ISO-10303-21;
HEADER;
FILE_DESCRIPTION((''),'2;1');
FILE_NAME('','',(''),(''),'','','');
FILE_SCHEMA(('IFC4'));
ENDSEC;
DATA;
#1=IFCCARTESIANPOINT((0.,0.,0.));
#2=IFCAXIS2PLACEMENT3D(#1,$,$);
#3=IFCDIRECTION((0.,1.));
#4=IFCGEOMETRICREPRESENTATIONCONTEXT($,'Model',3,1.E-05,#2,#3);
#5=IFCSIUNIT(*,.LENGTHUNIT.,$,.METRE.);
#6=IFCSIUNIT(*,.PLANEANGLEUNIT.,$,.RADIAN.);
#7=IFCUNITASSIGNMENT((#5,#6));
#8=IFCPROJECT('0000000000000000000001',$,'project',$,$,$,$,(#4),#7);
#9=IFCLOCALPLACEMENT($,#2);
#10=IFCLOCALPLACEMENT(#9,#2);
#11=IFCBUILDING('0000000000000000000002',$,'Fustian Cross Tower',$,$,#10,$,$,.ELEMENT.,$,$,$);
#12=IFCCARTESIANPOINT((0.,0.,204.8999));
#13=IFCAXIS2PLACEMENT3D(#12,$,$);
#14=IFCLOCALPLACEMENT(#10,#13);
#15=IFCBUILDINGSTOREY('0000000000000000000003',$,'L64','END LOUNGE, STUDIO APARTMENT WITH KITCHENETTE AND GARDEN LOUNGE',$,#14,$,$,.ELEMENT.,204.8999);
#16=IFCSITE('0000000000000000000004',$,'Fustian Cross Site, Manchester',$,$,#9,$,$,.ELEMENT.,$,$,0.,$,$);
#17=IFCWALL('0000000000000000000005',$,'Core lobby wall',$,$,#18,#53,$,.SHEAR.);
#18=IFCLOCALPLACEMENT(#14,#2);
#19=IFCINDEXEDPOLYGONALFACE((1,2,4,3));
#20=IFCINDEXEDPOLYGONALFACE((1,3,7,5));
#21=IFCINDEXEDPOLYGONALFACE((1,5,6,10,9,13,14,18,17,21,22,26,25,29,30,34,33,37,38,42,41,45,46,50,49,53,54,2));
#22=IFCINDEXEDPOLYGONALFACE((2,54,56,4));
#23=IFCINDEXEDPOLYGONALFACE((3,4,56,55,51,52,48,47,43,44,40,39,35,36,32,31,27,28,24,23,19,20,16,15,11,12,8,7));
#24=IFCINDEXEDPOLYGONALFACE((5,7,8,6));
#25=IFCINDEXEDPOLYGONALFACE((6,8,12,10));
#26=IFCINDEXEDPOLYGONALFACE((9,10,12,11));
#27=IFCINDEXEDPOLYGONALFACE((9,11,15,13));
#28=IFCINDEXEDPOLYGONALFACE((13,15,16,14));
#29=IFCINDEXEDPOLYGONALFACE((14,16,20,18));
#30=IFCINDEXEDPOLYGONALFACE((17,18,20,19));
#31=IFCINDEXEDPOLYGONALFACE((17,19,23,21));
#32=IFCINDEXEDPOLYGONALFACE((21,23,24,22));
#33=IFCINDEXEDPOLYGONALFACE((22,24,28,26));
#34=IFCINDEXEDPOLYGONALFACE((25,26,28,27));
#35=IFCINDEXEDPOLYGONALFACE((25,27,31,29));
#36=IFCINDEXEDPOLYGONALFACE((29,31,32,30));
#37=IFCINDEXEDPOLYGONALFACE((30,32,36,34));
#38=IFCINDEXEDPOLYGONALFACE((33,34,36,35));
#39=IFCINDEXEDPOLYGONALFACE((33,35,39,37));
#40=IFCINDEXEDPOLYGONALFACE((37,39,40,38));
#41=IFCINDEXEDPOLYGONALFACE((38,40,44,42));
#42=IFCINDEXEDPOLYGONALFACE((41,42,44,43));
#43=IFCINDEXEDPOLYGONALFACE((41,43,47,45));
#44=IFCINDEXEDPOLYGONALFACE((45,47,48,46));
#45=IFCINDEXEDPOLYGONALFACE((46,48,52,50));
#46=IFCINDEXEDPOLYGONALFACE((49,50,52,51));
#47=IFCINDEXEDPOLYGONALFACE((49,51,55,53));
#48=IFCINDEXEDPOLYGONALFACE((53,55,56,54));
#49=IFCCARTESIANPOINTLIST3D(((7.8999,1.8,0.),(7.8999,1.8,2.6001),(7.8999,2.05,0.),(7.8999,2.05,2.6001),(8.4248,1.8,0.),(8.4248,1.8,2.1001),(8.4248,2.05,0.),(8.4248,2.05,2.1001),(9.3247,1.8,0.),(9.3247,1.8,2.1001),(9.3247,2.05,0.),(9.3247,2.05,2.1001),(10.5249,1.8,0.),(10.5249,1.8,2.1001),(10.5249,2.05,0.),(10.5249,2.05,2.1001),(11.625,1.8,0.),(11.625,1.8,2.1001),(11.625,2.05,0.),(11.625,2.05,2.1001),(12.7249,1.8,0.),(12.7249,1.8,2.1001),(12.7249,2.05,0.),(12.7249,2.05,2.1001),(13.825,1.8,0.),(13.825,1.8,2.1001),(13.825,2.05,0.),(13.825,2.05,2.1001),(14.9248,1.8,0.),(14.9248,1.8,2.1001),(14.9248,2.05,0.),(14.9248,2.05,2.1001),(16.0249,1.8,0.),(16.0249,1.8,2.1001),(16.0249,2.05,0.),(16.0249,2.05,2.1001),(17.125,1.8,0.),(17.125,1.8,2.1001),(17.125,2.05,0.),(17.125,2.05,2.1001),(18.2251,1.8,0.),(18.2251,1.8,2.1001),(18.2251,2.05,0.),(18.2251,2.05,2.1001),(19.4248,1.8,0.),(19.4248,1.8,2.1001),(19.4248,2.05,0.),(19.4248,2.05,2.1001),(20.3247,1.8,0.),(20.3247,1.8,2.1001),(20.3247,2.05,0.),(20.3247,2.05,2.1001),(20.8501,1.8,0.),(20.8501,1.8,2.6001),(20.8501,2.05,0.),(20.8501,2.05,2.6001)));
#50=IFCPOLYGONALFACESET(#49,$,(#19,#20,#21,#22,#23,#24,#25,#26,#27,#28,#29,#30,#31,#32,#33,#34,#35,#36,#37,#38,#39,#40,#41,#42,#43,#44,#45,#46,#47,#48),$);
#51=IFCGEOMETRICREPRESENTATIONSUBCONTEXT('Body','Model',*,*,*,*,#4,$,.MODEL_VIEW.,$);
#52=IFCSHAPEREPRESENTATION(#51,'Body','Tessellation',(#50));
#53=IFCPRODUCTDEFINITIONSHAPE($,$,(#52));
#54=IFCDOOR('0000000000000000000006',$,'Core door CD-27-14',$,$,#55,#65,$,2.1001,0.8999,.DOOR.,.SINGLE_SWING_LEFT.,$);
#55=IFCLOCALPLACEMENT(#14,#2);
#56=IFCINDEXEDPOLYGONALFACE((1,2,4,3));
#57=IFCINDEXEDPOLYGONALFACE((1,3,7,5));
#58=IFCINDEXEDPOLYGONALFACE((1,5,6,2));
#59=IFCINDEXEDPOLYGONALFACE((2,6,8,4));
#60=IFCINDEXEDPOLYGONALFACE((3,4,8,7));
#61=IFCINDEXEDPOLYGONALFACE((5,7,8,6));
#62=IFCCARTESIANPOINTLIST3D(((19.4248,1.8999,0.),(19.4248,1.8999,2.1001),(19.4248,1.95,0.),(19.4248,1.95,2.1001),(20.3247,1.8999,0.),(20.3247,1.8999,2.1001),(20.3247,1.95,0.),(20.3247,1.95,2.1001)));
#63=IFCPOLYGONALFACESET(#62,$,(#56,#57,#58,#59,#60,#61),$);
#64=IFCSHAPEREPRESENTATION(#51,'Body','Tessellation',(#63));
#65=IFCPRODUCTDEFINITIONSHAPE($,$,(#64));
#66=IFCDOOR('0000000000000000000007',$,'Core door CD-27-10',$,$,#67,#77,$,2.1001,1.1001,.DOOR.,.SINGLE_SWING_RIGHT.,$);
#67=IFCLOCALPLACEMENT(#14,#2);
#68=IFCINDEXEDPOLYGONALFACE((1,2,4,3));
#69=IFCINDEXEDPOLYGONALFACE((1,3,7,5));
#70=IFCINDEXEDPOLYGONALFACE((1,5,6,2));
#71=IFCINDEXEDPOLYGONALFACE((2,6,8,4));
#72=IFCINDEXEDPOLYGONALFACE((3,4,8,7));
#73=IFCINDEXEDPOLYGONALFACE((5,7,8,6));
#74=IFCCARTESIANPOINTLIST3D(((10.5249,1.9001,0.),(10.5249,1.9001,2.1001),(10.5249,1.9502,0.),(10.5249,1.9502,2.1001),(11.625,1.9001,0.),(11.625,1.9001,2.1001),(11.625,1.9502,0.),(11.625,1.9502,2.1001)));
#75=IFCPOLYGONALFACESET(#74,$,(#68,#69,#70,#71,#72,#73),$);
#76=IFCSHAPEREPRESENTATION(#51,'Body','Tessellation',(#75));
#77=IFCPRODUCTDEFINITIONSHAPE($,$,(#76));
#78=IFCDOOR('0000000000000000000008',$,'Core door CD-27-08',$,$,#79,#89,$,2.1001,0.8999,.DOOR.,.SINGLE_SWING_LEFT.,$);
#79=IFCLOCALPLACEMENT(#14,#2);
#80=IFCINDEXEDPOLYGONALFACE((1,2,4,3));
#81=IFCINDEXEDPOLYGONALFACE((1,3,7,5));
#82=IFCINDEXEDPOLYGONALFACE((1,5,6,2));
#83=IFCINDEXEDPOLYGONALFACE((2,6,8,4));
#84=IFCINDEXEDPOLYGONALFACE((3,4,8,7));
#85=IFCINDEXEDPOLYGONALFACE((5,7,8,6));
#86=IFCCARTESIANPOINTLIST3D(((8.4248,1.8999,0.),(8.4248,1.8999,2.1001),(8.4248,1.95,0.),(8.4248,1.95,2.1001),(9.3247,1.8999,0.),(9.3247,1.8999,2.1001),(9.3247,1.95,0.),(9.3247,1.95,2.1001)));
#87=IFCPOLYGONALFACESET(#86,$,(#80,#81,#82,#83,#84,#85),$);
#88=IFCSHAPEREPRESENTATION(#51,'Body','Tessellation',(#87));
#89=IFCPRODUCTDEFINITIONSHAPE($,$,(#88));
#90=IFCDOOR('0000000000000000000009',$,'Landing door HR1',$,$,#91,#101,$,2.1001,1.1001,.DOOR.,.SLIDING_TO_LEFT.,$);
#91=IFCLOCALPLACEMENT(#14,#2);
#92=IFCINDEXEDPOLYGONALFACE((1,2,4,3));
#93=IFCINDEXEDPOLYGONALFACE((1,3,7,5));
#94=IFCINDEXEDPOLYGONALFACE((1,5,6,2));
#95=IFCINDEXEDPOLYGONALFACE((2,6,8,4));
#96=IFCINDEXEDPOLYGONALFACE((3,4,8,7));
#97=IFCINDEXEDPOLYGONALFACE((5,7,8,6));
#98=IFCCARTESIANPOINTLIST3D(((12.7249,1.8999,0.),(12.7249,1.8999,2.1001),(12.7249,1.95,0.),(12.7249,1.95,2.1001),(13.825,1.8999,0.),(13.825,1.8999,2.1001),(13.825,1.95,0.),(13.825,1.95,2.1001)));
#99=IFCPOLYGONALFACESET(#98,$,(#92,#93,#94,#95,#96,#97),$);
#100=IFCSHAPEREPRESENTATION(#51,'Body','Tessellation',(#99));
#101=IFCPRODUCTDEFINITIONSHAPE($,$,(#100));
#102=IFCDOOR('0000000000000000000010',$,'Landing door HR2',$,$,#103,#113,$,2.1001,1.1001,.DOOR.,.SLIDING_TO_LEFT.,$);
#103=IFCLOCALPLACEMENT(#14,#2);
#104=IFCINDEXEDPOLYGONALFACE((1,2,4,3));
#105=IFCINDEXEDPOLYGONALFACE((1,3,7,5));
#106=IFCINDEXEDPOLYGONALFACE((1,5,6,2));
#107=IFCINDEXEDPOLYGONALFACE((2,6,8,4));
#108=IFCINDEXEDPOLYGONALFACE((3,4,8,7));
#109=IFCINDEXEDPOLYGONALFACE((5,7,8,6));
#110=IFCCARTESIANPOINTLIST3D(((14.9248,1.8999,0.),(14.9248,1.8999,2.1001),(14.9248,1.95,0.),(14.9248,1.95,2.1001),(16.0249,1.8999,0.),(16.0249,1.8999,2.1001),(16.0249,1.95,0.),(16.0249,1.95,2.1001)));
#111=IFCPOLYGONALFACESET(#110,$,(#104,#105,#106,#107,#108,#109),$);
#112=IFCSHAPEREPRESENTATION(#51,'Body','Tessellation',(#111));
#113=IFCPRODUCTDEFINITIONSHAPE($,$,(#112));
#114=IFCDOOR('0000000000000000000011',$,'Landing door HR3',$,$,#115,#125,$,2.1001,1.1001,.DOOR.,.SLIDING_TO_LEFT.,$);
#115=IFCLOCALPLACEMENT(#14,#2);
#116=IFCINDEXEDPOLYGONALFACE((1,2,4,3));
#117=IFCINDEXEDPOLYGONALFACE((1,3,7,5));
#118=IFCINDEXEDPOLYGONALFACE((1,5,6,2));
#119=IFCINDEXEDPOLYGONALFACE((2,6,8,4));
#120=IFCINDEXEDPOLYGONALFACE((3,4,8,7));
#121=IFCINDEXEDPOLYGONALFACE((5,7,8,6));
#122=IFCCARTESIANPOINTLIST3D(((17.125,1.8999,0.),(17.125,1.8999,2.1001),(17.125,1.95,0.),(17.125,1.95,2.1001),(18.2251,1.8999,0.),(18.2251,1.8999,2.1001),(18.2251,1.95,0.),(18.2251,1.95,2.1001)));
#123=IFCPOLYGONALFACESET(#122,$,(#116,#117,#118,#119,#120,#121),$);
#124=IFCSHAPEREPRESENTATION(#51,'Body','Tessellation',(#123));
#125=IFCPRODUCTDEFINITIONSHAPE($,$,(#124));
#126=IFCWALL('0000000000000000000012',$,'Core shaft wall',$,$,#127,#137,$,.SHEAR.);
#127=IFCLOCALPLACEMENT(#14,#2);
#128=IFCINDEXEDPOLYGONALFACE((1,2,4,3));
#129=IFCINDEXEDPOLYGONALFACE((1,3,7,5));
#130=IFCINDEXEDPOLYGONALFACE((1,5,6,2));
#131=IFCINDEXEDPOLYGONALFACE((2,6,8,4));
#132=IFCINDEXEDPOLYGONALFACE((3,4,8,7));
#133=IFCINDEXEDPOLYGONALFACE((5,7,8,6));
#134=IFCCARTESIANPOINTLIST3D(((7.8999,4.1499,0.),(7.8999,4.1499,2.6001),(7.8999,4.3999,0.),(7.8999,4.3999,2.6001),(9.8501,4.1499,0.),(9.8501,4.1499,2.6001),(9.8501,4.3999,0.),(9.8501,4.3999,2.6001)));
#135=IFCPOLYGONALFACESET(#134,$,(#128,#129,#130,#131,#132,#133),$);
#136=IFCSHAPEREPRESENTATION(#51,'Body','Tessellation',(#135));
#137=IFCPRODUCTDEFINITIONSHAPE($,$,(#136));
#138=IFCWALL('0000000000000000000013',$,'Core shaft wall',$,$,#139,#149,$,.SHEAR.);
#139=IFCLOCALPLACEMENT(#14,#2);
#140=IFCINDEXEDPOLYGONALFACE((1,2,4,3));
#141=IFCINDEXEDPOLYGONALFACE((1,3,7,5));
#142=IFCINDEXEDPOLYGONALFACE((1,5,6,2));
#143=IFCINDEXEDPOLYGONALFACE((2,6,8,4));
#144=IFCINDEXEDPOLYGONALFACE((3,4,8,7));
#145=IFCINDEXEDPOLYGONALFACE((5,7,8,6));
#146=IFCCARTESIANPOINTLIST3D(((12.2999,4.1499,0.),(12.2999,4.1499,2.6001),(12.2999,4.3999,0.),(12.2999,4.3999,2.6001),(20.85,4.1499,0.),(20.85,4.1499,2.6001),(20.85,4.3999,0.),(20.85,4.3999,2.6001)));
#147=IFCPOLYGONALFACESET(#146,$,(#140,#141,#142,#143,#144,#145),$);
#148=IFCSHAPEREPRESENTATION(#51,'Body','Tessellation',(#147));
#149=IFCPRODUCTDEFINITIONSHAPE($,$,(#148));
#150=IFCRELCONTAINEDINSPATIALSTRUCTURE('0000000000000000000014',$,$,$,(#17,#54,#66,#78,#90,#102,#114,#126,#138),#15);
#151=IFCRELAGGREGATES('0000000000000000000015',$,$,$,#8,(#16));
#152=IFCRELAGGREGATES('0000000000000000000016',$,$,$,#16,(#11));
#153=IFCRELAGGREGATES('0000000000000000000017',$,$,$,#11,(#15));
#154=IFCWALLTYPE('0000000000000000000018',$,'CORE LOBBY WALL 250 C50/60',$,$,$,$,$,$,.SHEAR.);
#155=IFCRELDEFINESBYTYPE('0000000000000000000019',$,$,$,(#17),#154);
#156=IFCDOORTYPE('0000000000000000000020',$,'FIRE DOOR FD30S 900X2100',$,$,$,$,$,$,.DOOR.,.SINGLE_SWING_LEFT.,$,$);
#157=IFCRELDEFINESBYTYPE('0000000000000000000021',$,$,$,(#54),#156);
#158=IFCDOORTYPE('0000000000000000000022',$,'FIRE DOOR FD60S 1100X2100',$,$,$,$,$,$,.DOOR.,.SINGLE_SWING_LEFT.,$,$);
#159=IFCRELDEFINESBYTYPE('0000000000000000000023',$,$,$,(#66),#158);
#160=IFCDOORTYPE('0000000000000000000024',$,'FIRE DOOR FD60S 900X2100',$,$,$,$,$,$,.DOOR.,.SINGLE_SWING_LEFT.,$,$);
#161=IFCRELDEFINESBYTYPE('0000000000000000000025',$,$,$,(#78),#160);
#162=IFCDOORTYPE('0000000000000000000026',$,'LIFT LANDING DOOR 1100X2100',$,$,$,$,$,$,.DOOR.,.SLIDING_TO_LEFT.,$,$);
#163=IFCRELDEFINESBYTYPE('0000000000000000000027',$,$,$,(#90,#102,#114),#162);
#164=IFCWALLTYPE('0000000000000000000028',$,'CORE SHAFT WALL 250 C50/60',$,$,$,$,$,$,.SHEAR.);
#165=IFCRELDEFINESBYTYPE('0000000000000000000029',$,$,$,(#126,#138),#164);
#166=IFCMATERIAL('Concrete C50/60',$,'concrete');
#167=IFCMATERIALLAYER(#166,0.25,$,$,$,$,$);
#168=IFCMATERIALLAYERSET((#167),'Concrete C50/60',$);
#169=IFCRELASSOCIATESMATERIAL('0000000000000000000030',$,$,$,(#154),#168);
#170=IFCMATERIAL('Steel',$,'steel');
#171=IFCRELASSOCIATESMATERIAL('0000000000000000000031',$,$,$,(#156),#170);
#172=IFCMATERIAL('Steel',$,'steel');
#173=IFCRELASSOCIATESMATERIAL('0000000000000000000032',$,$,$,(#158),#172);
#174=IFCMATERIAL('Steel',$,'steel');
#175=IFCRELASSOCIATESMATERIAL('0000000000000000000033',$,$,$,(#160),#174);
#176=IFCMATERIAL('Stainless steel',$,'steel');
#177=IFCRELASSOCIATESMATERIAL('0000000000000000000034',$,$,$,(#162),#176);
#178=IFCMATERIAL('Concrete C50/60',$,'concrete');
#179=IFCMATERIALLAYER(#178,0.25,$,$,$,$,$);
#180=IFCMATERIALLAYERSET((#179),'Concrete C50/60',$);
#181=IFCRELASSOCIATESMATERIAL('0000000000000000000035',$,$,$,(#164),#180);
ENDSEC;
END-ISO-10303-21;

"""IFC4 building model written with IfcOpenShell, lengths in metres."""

from ifc_helpers import new_model, si_unit, direction, frame, frame_2d, origin, place, context, subcontext, project, spatial, rectangle, extrude, material, layer, layer_set, type_object, element, fill, save


model = new_model("IFC4")

# Units and contexts
model_context = context("Model", 3, precision=1e-05, world=origin(), true_north=direction((0.0, 1.0)))
body_context = subcontext(model_context, "Body", "Model", "MODEL_VIEW")
ifc_project = project(units=[si_unit("LENGTHUNIT", "METRE"), si_unit("PLANEANGLEUNIT", "RADIAN")], contexts=[model_context])

# Site, building, storey
site_placement = place(None, origin())
site = spatial("IfcSite", under=ifc_project, at=site_placement, Name="Fustian Cross Site, Manchester", CompositionType="ELEMENT", RefElevation=0.0)
building_placement = place(site_placement, origin())
building = spatial("IfcBuilding", under=site, at=building_placement, Name="Fustian Cross Tower", CompositionType="ELEMENT")
storey_placement = place(building_placement, frame((0.0, 0.0, 204.8999)))
storey = spatial("IfcBuildingStorey", under=building, at=storey_placement, Name="L64", Description="END LOUNGE, STUDIO APARTMENT WITH KITCHENETTE AND GARDEN LOUNGE", CompositionType="ELEMENT", Elevation=204.8999)

# Wall, openings, doors
ifc_material_1 = material(Name="Concrete C50/60", Category="concrete")
ifc_layer_1 = layer(ifc_material_1, 0.25)
ifc_layer_set_1 = layer_set([ifc_layer_1], Name="Concrete C50/60")
wall_type_1 = type_object("IfcWallType", Name="CORE LOBBY WALL 250 C50/60", PredefinedType="SHEAR", material=ifc_layer_set_1)
wall_1_placement = place(storey_placement, frame((7.8999, 1.925, 0.0), z_axis=(0.0, 0.0, 1.0), x_axis=(1.0, 0.0, 0.0)))
wall_1 = element("IfcWall", 1, at=wall_1_placement, inside=storey, type_object=wall_type_1, Name="Core lobby wall", PredefinedType="SHEAR", context=body_context, shape_type="SweptSolid", body=[
    extrude(rectangle(XDim=12.9502, YDim=0.25, at=frame_2d((6.4751, 0.0))), origin(), (0.0, 0.0, 1.0), 2.6001),
])
opening_1_placement = place(wall_1_placement, frame((4.825, 0.0, 0.0)))
opening_1 = element("IfcOpeningElement", 2, at=opening_1_placement, cuts=wall_1, PredefinedType="OPENING", context=body_context, shape_type="SweptSolid", body=[
    extrude(rectangle(XDim=1.1001, YDim=2.1001, at=frame_2d((0.55, 1.05))), frame((0.0, 0.135, 0.0), z_axis=(0.0, -1.0, 0.0), x_axis=(1.0, 0.0, 0.0)), (0.0, 0.0, 1.0), 0.27),
])
opening_2_placement = place(wall_1_placement, frame((7.0249, 0.0, 0.0)))
opening_2 = element("IfcOpeningElement", 3, at=opening_2_placement, cuts=wall_1, PredefinedType="OPENING", context=body_context, shape_type="SweptSolid", body=[
    extrude(rectangle(XDim=1.1001, YDim=2.1001, at=frame_2d((0.55, 1.05))), frame((0.0, 0.135, 0.0), z_axis=(0.0, -1.0, 0.0), x_axis=(1.0, 0.0, 0.0)), (0.0, 0.0, 1.0), 0.27),
])
opening_3_placement = place(wall_1_placement, frame((9.2251, 0.0, 0.0)))
opening_3 = element("IfcOpeningElement", 4, at=opening_3_placement, cuts=wall_1, PredefinedType="OPENING", context=body_context, shape_type="SweptSolid", body=[
    extrude(rectangle(XDim=1.1001, YDim=2.1001, at=frame_2d((0.55, 1.05))), frame((0.0, 0.135, 0.0), z_axis=(0.0, -1.0, 0.0), x_axis=(1.0, 0.0, 0.0)), (0.0, 0.0, 1.0), 0.27),
])
opening_4_placement = place(wall_1_placement, frame((0.5249, 0.0, 0.0)))
opening_4 = element("IfcOpeningElement", 5, at=opening_4_placement, cuts=wall_1, PredefinedType="OPENING", context=body_context, shape_type="SweptSolid", body=[
    extrude(rectangle(XDim=0.8999, YDim=2.1001, at=frame_2d((0.45, 1.05))), frame((0.0, 0.135, 0.0), z_axis=(0.0, -1.0, 0.0), x_axis=(1.0, 0.0, 0.0)), (0.0, 0.0, 1.0), 0.27),
])
opening_5_placement = place(wall_1_placement, frame((2.625, 0.0, 0.0)))
opening_5 = element("IfcOpeningElement", 6, at=opening_5_placement, cuts=wall_1, PredefinedType="OPENING", context=body_context, shape_type="SweptSolid", body=[
    extrude(rectangle(XDim=1.1001, YDim=2.1001, at=frame_2d((0.55, 1.05))), frame((0.0, 0.135, 0.0), z_axis=(0.0, -1.0, 0.0), x_axis=(1.0, 0.0, 0.0)), (0.0, 0.0, 1.0), 0.27),
])
opening_6_placement = place(wall_1_placement, frame((11.5249, 0.0, 0.0)))
opening_6 = element("IfcOpeningElement", 7, at=opening_6_placement, cuts=wall_1, PredefinedType="OPENING", context=body_context, shape_type="SweptSolid", body=[
    extrude(rectangle(XDim=0.8999, YDim=2.1001, at=frame_2d((0.45, 1.05))), frame((0.0, 0.135, 0.0), z_axis=(0.0, -1.0, 0.0), x_axis=(1.0, 0.0, 0.0)), (0.0, 0.0, 1.0), 0.27),
])
ifc_material_2 = material(Name="Steel", Category="steel")
door_type_1 = type_object("IfcDoorType", Name="FIRE DOOR FD30S 900X2100", OperationType="SINGLE_SWING_LEFT", PredefinedType="DOOR", material=ifc_material_2)
door_1_placement = place(opening_6_placement, origin())
door_1 = element("IfcDoor", 8, at=door_1_placement, inside=storey, type_object=door_type_1, Name="Core door CD-27-14", OperationType="SINGLE_SWING_LEFT", OverallHeight=2.1001, OverallWidth=0.8999, PredefinedType="DOOR", context=body_context, shape_type="SweptSolid", body=[
    extrude(rectangle(XDim=0.8999, YDim=2.1001, at=frame_2d((0.45, 1.05))), frame((0.0, 0.0249, 0.0), z_axis=(0.0, -1.0, 0.0), x_axis=(1.0, 0.0, 0.0)), (0.0, 0.0, 1.0), 0.05),
])
fill(opening_6, door_1)
ifc_material_3 = material(Name="Steel", Category="steel")
door_type_2 = type_object("IfcDoorType", Name="FIRE DOOR FD60S 1100X2100", OperationType="SINGLE_SWING_LEFT", PredefinedType="DOOR", material=ifc_material_3)
door_2_placement = place(opening_5_placement, frame((1.1001, 0.0, 0.0), z_axis=(0.0, 0.0, 1.0), x_axis=(-1.0, 0.0, 0.0)))
door_2 = element("IfcDoor", 9, at=door_2_placement, inside=storey, type_object=door_type_2, Name="Core door CD-27-10", OperationType="SINGLE_SWING_RIGHT", OverallHeight=2.1001, OverallWidth=1.1001, PredefinedType="DOOR", context=body_context, shape_type="SweptSolid", body=[
    extrude(rectangle(XDim=1.1001, YDim=2.1001, at=frame_2d((0.55, 1.05))), frame((0.0, 0.0249, 0.0), z_axis=(0.0, -1.0, 0.0), x_axis=(1.0, 0.0, 0.0)), (0.0, 0.0, 1.0), 0.05),
])
fill(opening_5, door_2)
ifc_material_4 = material(Name="Steel", Category="steel")
door_type_3 = type_object("IfcDoorType", Name="FIRE DOOR FD60S 900X2100", OperationType="SINGLE_SWING_LEFT", PredefinedType="DOOR", material=ifc_material_4)
door_3_placement = place(opening_4_placement, origin())
door_3 = element("IfcDoor", 10, at=door_3_placement, inside=storey, type_object=door_type_3, Name="Core door CD-27-08", OperationType="SINGLE_SWING_LEFT", OverallHeight=2.1001, OverallWidth=0.8999, PredefinedType="DOOR", context=body_context, shape_type="SweptSolid", body=[
    extrude(rectangle(XDim=0.8999, YDim=2.1001, at=frame_2d((0.45, 1.05))), frame((0.0, 0.0249, 0.0), z_axis=(0.0, -1.0, 0.0), x_axis=(1.0, 0.0, 0.0)), (0.0, 0.0, 1.0), 0.05),
])
fill(opening_4, door_3)
ifc_material_5 = material(Name="Stainless steel", Category="steel")
door_type_4 = type_object("IfcDoorType", Name="LIFT LANDING DOOR 1100X2100", OperationType="SLIDING_TO_LEFT", PredefinedType="DOOR", material=ifc_material_5)
door_4_placement = place(opening_1_placement, origin())
door_4 = element("IfcDoor", 11, at=door_4_placement, inside=storey, type_object=door_type_4, Name="Landing door HR1", OperationType="SLIDING_TO_LEFT", OverallHeight=2.1001, OverallWidth=1.1001, PredefinedType="DOOR", context=body_context, shape_type="SweptSolid", body=[
    extrude(rectangle(XDim=1.1001, YDim=2.1001, at=frame_2d((0.55, 1.05))), frame((0.0, 0.0249, 0.0), z_axis=(0.0, -1.0, 0.0), x_axis=(1.0, 0.0, 0.0)), (0.0, 0.0, 1.0), 0.05),
])
fill(opening_1, door_4)
door_5_placement = place(opening_2_placement, origin())
door_5 = element("IfcDoor", 12, at=door_5_placement, inside=storey, type_object=door_type_4, Name="Landing door HR2", OperationType="SLIDING_TO_LEFT", OverallHeight=2.1001, OverallWidth=1.1001, PredefinedType="DOOR", context=body_context, shape_type="SweptSolid", body=[
    extrude(rectangle(XDim=1.1001, YDim=2.1001, at=frame_2d((0.55, 1.05))), frame((0.0, 0.0249, 0.0), z_axis=(0.0, -1.0, 0.0), x_axis=(1.0, 0.0, 0.0)), (0.0, 0.0, 1.0), 0.05),
])
fill(opening_2, door_5)
door_6_placement = place(opening_3_placement, origin())
door_6 = element("IfcDoor", 13, at=door_6_placement, inside=storey, type_object=door_type_4, Name="Landing door HR3", OperationType="SLIDING_TO_LEFT", OverallHeight=2.1001, OverallWidth=1.1001, PredefinedType="DOOR", context=body_context, shape_type="SweptSolid", body=[
    extrude(rectangle(XDim=1.1001, YDim=2.1001, at=frame_2d((0.55, 1.05))), frame((0.0, 0.0249, 0.0), z_axis=(0.0, -1.0, 0.0), x_axis=(1.0, 0.0, 0.0)), (0.0, 0.0, 1.0), 0.05),
])
fill(opening_3, door_6)

# Walls
ifc_material_6 = material(Name="Concrete C50/60", Category="concrete")
ifc_layer_2 = layer(ifc_material_6, 0.25)
ifc_layer_set_2 = layer_set([ifc_layer_2], Name="Concrete C50/60")
wall_type_2 = type_object("IfcWallType", Name="CORE SHAFT WALL 250 C50/60", PredefinedType="SHEAR", material=ifc_layer_set_2)
wall_2_placement = place(storey_placement, frame((7.8999, 4.2749, 0.0), z_axis=(0.0, 0.0, 1.0), x_axis=(1.0, 0.0, 0.0)))
element("IfcWall", 14, at=wall_2_placement, inside=storey, type_object=wall_type_2, Name="Core shaft wall", PredefinedType="SHEAR", context=body_context, shape_type="SweptSolid", body=[
    extrude(rectangle(XDim=1.9502, YDim=0.25, at=frame_2d((0.9751, 0.0))), origin(), (0.0, 0.0, 1.0), 2.6001),
])
wall_3_placement = place(storey_placement, frame((12.3, 4.2749, 0.0), z_axis=(0.0, 0.0, 1.0), x_axis=(1.0, 0.0, 0.0)))
element("IfcWall", 15, at=wall_3_placement, inside=storey, type_object=wall_type_2, Name="Core shaft wall", PredefinedType="SHEAR", context=body_context, shape_type="SweptSolid", body=[
    extrude(rectangle(XDim=8.55, YDim=0.25, at=frame_2d((4.2749, 0.0))), origin(), (0.0, 0.0, 1.0), 2.6001),
])

save(model, "model.ifc")
